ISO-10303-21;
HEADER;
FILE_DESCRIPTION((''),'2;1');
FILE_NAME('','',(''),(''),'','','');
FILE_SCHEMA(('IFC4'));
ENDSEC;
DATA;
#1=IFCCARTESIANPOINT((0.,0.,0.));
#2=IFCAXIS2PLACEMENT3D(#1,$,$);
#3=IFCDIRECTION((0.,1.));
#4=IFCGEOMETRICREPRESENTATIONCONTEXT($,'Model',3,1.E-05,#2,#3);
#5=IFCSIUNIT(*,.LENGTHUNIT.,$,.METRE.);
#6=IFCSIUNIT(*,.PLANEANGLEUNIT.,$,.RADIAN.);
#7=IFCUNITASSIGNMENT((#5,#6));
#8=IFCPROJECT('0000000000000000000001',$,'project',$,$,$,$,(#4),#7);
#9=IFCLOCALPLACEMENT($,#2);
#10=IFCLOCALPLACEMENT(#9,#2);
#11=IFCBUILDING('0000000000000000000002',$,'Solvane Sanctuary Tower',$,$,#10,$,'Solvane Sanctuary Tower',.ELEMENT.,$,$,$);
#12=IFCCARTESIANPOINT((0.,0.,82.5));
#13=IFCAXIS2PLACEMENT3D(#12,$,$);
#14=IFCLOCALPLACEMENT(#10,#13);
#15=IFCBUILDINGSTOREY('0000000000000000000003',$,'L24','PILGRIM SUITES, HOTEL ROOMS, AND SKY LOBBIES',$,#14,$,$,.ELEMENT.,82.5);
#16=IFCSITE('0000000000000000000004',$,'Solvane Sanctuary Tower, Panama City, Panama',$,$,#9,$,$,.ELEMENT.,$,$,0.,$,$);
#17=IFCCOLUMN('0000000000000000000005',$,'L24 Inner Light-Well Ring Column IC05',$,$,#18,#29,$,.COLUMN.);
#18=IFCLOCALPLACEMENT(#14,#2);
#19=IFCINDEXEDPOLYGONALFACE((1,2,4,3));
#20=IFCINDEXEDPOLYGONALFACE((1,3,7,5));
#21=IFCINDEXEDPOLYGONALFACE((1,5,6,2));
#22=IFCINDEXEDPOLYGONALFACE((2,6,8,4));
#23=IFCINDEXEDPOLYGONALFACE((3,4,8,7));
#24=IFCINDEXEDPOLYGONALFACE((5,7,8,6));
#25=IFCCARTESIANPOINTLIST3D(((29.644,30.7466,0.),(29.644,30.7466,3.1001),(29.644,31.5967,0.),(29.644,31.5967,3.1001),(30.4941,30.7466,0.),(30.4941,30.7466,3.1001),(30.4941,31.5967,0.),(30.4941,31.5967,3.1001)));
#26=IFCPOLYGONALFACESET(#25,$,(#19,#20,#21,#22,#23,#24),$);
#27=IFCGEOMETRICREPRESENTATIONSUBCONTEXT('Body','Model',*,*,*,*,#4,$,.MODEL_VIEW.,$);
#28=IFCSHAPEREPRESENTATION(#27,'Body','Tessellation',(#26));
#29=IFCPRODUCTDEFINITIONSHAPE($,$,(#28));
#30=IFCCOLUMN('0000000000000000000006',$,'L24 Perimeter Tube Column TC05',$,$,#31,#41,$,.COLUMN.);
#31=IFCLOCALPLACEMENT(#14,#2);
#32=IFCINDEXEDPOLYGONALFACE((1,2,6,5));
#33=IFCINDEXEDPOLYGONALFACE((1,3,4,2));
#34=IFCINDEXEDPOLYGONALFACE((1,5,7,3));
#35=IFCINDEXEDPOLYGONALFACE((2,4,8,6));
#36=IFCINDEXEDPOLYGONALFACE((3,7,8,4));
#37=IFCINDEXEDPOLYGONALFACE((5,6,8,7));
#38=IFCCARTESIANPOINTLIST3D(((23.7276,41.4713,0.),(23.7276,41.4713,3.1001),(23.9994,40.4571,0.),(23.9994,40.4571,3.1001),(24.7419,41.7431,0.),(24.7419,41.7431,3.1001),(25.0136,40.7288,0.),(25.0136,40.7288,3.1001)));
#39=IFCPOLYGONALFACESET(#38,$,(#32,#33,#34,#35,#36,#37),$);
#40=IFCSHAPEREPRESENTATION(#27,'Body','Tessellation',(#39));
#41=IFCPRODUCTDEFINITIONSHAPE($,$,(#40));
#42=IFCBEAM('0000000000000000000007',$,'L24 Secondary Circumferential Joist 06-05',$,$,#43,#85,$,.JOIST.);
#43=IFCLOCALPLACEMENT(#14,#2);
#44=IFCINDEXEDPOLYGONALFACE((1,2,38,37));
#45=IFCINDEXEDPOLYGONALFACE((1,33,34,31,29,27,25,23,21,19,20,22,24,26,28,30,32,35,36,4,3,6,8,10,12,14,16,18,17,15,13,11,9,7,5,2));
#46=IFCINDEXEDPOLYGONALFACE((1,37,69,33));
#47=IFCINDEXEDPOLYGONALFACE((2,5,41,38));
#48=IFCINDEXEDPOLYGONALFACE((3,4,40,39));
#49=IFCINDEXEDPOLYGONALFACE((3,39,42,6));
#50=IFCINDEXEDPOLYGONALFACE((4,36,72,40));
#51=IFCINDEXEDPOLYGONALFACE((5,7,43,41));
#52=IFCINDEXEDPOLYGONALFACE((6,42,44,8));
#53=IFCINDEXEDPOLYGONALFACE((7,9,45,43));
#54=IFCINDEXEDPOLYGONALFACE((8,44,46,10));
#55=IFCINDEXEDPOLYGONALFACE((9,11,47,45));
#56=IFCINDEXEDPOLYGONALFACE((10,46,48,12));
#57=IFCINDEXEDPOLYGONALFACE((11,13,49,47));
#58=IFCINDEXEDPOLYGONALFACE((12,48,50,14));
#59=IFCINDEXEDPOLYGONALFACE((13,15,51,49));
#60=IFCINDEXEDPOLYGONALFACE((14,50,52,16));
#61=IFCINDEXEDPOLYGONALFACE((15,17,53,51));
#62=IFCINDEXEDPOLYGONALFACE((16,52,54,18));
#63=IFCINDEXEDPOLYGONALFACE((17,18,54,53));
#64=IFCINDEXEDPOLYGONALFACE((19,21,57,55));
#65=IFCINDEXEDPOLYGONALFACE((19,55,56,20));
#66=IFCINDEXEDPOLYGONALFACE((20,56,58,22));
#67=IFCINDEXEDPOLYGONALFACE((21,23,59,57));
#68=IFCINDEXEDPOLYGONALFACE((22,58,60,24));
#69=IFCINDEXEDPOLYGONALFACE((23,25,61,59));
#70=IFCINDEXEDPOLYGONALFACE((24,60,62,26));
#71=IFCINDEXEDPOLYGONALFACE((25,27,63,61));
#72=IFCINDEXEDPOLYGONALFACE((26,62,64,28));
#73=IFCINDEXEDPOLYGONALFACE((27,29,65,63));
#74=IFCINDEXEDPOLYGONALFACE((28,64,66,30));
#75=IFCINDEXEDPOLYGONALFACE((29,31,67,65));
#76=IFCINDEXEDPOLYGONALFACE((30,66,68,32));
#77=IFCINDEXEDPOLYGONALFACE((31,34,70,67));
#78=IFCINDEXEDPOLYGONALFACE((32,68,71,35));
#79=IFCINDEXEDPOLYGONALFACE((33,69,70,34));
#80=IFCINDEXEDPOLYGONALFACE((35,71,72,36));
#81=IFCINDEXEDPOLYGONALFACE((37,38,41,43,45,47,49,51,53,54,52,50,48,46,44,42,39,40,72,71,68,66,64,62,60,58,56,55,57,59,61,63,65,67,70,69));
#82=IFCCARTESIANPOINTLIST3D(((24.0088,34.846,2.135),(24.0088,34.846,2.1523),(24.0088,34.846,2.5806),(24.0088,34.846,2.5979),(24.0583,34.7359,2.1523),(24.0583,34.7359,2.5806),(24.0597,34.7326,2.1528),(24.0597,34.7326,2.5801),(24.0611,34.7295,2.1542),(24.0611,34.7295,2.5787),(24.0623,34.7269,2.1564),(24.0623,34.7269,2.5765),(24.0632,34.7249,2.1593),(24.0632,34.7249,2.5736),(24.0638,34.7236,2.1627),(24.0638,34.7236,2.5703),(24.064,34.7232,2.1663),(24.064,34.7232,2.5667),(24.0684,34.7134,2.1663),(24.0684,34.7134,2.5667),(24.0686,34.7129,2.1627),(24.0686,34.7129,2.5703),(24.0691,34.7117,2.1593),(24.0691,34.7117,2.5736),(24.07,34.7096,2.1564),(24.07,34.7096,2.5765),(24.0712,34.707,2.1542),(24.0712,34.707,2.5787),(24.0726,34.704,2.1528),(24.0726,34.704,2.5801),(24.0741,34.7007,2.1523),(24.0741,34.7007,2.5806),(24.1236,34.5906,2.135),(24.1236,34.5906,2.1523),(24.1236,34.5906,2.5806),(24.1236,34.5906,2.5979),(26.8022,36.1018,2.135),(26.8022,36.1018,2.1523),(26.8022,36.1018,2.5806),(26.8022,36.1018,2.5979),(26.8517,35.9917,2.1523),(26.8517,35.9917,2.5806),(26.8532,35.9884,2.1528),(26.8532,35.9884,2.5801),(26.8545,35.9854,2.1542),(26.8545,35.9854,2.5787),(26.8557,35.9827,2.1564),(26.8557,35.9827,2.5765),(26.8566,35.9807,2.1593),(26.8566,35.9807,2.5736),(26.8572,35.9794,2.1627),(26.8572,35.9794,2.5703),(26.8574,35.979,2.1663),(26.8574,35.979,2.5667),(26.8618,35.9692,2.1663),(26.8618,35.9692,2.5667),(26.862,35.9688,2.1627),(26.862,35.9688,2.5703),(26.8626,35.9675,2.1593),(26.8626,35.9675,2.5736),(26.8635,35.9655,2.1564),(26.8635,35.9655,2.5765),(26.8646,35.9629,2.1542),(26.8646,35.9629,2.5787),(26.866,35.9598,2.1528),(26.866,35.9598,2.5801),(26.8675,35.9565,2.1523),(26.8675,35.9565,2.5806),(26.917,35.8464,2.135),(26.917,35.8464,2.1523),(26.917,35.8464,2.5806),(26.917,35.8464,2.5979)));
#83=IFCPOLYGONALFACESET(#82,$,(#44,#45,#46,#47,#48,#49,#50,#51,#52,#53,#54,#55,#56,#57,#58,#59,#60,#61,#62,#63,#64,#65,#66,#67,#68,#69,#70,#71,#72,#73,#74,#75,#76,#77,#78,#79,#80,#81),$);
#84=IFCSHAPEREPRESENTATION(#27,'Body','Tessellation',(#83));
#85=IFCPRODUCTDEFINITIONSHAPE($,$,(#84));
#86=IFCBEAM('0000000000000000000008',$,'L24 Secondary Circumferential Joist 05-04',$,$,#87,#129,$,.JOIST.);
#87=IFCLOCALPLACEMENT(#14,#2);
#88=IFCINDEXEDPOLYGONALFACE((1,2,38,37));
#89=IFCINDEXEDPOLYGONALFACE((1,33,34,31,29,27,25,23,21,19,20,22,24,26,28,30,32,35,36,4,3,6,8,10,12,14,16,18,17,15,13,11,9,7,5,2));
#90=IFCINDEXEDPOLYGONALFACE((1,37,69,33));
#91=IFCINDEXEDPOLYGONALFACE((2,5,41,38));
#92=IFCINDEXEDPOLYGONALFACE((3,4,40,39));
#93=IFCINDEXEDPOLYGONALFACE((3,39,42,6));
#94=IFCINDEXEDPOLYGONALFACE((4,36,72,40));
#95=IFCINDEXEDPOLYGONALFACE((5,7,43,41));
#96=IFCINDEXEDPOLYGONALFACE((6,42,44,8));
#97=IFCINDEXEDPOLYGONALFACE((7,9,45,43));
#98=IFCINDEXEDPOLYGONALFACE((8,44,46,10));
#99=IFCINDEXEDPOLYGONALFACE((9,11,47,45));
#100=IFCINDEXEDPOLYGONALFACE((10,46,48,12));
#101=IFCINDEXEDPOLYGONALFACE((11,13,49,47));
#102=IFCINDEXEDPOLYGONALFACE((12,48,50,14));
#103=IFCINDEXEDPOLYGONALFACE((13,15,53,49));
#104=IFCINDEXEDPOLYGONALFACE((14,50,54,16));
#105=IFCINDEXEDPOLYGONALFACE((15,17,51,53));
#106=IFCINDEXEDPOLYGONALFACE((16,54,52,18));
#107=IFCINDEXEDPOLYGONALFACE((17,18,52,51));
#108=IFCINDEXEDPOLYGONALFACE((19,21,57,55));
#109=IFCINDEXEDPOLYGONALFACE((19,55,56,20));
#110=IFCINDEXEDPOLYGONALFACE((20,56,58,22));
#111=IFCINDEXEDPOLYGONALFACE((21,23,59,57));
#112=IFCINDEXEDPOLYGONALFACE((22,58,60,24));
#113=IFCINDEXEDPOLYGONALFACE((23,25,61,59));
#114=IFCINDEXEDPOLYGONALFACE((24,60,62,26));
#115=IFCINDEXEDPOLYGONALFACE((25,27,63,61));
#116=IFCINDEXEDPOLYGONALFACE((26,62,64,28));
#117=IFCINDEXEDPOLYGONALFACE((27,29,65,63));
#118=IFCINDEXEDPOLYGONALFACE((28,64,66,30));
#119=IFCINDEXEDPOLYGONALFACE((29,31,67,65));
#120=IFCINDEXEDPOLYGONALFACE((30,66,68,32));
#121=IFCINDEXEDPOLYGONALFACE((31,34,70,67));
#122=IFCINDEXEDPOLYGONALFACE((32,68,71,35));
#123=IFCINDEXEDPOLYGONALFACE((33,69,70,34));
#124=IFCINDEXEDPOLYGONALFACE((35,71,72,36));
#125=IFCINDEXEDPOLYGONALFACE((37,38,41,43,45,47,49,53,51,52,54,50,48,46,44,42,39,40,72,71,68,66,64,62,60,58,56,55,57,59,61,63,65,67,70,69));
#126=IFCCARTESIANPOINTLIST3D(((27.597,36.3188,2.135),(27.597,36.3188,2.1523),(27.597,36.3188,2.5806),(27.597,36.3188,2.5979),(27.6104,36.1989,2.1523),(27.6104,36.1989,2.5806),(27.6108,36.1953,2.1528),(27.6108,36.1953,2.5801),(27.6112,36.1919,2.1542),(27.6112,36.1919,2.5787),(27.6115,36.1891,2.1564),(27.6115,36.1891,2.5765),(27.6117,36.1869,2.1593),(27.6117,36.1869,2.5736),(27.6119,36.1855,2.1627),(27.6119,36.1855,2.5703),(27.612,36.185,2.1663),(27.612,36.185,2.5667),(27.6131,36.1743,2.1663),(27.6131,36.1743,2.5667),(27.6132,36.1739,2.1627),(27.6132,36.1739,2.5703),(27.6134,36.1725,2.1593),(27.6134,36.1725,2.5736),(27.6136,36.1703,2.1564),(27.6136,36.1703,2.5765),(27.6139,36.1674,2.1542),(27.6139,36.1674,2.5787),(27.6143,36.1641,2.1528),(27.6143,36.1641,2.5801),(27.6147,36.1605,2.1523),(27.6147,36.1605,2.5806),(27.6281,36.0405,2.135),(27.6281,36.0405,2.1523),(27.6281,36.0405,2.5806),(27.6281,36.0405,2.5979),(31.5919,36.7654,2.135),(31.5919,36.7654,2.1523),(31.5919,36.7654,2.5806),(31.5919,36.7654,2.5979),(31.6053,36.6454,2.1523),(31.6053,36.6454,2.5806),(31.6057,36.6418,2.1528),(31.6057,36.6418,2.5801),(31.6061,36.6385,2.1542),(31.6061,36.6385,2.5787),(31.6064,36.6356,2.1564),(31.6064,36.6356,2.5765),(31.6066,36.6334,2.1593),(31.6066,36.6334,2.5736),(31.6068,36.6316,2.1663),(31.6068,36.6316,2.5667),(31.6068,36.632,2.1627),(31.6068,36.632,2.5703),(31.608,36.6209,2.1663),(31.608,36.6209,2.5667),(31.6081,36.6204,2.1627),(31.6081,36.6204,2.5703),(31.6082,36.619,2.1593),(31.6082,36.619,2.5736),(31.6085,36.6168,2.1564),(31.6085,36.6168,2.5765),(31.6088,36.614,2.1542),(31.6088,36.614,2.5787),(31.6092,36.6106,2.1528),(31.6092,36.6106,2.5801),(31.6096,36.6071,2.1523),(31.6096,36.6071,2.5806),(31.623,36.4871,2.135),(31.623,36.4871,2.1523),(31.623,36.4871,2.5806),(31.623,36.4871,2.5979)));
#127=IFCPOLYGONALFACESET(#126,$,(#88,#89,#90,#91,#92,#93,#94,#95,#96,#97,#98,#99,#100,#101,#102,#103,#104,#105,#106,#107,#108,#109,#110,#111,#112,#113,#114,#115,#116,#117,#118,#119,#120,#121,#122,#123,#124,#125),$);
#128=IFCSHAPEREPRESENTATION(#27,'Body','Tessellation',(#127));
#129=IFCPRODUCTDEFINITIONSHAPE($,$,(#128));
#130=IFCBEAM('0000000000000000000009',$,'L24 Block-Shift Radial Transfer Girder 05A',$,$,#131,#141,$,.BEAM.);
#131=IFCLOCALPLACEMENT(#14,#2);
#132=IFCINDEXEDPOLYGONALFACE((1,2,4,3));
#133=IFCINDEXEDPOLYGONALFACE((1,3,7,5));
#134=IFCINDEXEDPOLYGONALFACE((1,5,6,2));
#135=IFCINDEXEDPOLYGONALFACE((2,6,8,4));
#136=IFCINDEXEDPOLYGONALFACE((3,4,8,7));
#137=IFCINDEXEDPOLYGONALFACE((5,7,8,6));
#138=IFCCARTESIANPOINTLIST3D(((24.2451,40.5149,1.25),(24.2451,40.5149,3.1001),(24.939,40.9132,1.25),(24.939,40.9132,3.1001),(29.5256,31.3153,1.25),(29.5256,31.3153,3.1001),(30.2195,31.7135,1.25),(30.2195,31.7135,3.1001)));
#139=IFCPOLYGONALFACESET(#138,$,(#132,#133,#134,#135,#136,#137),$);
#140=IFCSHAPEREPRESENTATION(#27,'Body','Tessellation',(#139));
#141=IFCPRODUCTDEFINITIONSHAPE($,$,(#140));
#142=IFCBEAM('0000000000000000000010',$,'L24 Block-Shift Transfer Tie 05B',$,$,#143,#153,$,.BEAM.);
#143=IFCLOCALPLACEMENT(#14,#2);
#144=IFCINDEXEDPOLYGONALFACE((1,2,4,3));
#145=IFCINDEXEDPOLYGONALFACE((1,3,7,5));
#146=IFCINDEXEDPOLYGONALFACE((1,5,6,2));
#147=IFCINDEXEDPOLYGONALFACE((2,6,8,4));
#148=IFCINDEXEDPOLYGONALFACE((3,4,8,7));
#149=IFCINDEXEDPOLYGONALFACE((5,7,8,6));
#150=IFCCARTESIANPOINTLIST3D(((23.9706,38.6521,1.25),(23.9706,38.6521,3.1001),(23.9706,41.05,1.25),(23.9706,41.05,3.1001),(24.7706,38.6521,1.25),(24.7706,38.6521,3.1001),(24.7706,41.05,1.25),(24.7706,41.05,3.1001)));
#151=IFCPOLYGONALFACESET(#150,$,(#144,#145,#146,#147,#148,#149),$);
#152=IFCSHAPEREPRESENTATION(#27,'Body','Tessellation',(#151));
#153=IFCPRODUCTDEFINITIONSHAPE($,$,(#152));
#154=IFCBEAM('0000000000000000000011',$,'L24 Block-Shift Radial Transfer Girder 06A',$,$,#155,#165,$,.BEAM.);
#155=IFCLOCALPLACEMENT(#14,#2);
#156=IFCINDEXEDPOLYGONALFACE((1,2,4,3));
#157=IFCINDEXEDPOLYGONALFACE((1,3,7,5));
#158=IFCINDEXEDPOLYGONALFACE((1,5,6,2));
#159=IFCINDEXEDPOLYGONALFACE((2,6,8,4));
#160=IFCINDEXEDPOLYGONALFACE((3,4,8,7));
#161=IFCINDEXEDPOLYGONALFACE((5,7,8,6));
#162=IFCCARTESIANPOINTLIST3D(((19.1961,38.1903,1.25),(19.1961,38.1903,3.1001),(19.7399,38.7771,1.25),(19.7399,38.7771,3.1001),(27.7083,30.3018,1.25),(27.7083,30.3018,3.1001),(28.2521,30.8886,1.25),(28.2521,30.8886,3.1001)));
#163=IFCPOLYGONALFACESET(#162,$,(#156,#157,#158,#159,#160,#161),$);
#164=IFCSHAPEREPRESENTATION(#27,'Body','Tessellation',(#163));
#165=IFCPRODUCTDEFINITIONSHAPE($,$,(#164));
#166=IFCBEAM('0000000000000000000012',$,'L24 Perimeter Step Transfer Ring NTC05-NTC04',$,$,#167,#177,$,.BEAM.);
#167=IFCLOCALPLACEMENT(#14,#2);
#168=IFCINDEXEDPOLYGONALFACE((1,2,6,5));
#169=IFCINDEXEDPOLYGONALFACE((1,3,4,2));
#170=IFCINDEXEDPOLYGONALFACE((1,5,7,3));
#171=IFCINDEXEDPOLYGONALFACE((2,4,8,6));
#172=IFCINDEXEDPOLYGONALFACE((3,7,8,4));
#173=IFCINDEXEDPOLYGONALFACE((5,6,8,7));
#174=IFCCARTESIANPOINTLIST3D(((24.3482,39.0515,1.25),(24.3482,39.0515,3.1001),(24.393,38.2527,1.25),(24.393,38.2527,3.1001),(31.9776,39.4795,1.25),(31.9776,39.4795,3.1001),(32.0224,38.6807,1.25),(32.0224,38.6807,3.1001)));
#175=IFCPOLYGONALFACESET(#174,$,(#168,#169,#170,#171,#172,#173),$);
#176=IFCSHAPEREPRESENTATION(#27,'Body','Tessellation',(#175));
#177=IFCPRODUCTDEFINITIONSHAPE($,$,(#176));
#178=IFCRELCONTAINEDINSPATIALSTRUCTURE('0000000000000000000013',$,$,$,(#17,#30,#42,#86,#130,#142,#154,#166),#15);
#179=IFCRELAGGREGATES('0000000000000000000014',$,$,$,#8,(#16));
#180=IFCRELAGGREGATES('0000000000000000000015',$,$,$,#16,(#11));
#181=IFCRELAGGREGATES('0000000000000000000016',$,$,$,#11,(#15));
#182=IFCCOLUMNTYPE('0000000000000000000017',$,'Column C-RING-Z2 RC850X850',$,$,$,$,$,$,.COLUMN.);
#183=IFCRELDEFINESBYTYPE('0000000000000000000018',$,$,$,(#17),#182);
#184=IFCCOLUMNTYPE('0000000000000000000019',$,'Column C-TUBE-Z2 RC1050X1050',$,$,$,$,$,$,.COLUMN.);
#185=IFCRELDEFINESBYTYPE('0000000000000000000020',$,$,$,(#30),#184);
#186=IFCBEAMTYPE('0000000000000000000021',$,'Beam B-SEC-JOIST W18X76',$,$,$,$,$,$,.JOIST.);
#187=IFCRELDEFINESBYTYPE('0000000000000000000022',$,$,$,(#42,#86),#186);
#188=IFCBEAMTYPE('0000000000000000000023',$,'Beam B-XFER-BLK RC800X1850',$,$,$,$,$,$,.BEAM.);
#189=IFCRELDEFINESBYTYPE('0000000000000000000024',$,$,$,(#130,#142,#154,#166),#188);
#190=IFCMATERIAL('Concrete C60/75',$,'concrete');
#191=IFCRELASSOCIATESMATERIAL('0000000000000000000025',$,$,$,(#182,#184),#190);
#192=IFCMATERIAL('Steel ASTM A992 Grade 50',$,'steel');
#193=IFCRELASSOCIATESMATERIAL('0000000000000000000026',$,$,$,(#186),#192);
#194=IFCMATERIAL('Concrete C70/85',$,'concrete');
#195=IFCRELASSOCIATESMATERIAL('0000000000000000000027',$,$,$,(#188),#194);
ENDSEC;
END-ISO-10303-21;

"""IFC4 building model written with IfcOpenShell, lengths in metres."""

from ifc_helpers import new_model, si_unit, direction, frame, origin, origin_2d, place, context, subcontext, project, spatial, rectangle, i_section, extrude, material, material_profile, profile_set, type_object, element, save


model = new_model("IFC4")

# Units and contexts
model_context = context("Model", 3, precision=1e-05, world=origin(), true_north=direction((0.0, 1.0)))
body_context = subcontext(model_context, "Body", "Model", "MODEL_VIEW")
ifc_project = project(units=[si_unit("LENGTHUNIT", "METRE"), si_unit("PLANEANGLEUNIT", "RADIAN")], contexts=[model_context])

# Site, building, storey
site_placement = place(None, origin())
site = spatial("IfcSite", under=ifc_project, at=site_placement, Name="Solvane Sanctuary Tower, Panama City, Panama", CompositionType="ELEMENT", RefElevation=0.0)
building_placement = place(site_placement, origin())
building = spatial("IfcBuilding", under=site, at=building_placement, Name="Solvane Sanctuary Tower", LongName="Solvane Sanctuary Tower", CompositionType="ELEMENT")
storey_placement = place(building_placement, frame((0.0, 0.0, 82.5)))
storey = spatial("IfcBuildingStorey", under=building, at=storey_placement, Name="L24", Description="PILGRIM SUITES, HOTEL ROOMS, AND SKY LOBBIES", CompositionType="ELEMENT", Elevation=82.5)

# Columns
ifc_material_1 = material(Name="Concrete C60/75", Category="concrete")
ifc_material_profile_1 = material_profile(ifc_material_1, rectangle(XDim=0.8501, YDim=0.8501, at=origin_2d()), Name="RC850X850")
ifc_profile_set_1 = profile_set([ifc_material_profile_1], Name="Concrete C60/75")
column_type_1 = type_object("IfcColumnType", Name="Column C-RING-Z2 RC850X850", PredefinedType="COLUMN", material=ifc_profile_set_1)
column_1_placement = place(storey_placement, frame((30.0691, 31.1716, 0.0), z_axis=(0.0, 0.0, 1.0), x_axis=(1.0, 0.0, 0.0)))
element("IfcColumn", 1, at=column_1_placement, inside=storey, type_object=column_type_1, Name="L24 Inner Light-Well Ring Column IC05", PredefinedType="COLUMN", context=body_context, shape_type="SweptSolid", body=[
    extrude(rectangle(XDim=0.8501, YDim=0.8501, at=origin_2d()), origin(), (0.0, 0.0, 1.0), 3.1001),
])
ifc_material_profile_2 = material_profile(ifc_material_1, rectangle(XDim=1.05, YDim=1.05, at=origin_2d()), Name="RC1050X1050")
ifc_profile_set_2 = profile_set([ifc_material_profile_2], Name="Concrete C60/75")
column_type_2 = type_object("IfcColumnType", Name="Column C-TUBE-Z2 RC1050X1050", PredefinedType="COLUMN", material=ifc_profile_set_2)
column_2_placement = place(storey_placement, frame((24.3706, 41.1001, 0.0), z_axis=(0.0, 0.0, 1.0), x_axis=(-0.258819, 0.965926, 0.0)))
element("IfcColumn", 2, at=column_2_placement, inside=storey, type_object=column_type_2, Name="L24 Perimeter Tube Column TC05", PredefinedType="COLUMN", context=body_context, shape_type="SweptSolid", body=[
    extrude(rectangle(XDim=1.05, YDim=1.05, at=origin_2d()), origin(), (0.0, 0.0, 1.0), 3.1001),
])

# Beams
ifc_material_2 = material(Name="Steel ASTM A992 Grade 50", Category="steel")
ifc_material_profile_3 = material_profile(ifc_material_2, i_section(OverallWidth=0.28, OverallDepth=0.4629, WebThickness=0.0107, FlangeThickness=0.0173, FilletRadius=0.0139, at=origin_2d()), Name="W18X76")
ifc_profile_set_3 = profile_set([ifc_material_profile_3], Name="Steel ASTM A992 Grade 50")
beam_type_1 = type_object("IfcBeamType", Name="Beam B-SEC-JOIST W18X76", PredefinedType="JOIST", material=ifc_profile_set_3)
beam_1_placement = place(storey_placement, frame((24.0662, 34.7183, 2.3665), z_axis=(0.912068, 0.41004, 0.0), x_axis=(-0.41004, 0.912068, 0.0)))
element("IfcBeam", 3, at=beam_1_placement, inside=storey, type_object=beam_type_1, Name="L24 Secondary Circumferential Joist 06-05", PredefinedType="JOIST", context=body_context, shape_type="SweptSolid", body=[
    extrude(i_section(OverallWidth=0.28, OverallDepth=0.4629, WebThickness=0.0107, FlangeThickness=0.0173, FilletRadius=0.0139, at=origin_2d()), origin(), (0.0, 0.0, 1.0), 3.0627),
])
beam_2_placement = place(storey_placement, frame((27.6125, 36.1797, 2.3665), z_axis=(0.993811, 0.111085, 0.0), x_axis=(-0.111085, 0.993811, 0.0)))
element("IfcBeam", 4, at=beam_2_placement, inside=storey, type_object=beam_type_1, Name="L24 Secondary Circumferential Joist 05-04", PredefinedType="JOIST", context=body_context, shape_type="SweptSolid", body=[
    extrude(i_section(OverallWidth=0.28, OverallDepth=0.4629, WebThickness=0.0107, FlangeThickness=0.0173, FilletRadius=0.0139, at=origin_2d()), origin(), (0.0, 0.0, 1.0), 4.0198),
])
ifc_material_3 = material(Name="Concrete C70/85", Category="concrete")
ifc_material_profile_4 = material_profile(ifc_material_3, rectangle(XDim=0.8, YDim=1.8501, at=origin_2d()), Name="RC800X1850")
ifc_profile_set_4 = profile_set([ifc_material_profile_4], Name="Concrete C70/85")
beam_type_2 = type_object("IfcBeamType", Name="Beam B-XFER-BLK RC800X1850", PredefinedType="BEAM", material=ifc_profile_set_4)
beam_3_placement = place(storey_placement, frame((29.8726, 31.5144, 2.175), z_axis=(-0.497811, 0.867285, 0.0), x_axis=(-0.867285, -0.497811, 0.0)))
element("IfcBeam", 5, at=beam_3_placement, inside=storey, type_object=beam_type_2, Name="L24 Block-Shift Radial Transfer Girder 05A", PredefinedType="BEAM", context=body_context, shape_type="SweptSolid", body=[
    extrude(rectangle(XDim=0.8, YDim=1.8501, at=origin_2d()), origin(), (0.0, 0.0, 1.0), 10.6074),
])
beam_4_placement = place(storey_placement, frame((24.3706, 41.05, 2.175), z_axis=(0.0, -1.0, 0.0), x_axis=(1.0, 0.0, 0.0)))
element("IfcBeam", 6, at=beam_4_placement, inside=storey, type_object=beam_type_2, Name="L24 Block-Shift Transfer Tie 05B", PredefinedType="BEAM", context=body_context, shape_type="SweptSolid", body=[
    extrude(rectangle(XDim=0.8, YDim=1.8501, at=origin_2d()), origin(), (0.0, 0.0, 1.0), 2.3979),
])
beam_5_placement = place(storey_placement, frame((27.9802, 30.5952, 2.175), z_axis=(-0.73347, 0.679721, 0.0), x_axis=(-0.679721, -0.73347, 0.0)))
element("IfcBeam", 7, at=beam_5_placement, inside=storey, type_object=beam_type_2, Name="L24 Block-Shift Radial Transfer Girder 06A", PredefinedType="BEAM", context=body_context, shape_type="SweptSolid", body=[
    extrude(rectangle(XDim=0.8, YDim=1.8501, at=origin_2d()), origin(), (0.0, 0.0, 1.0), 11.6055),
])
beam_6_placement = place(storey_placement, frame((24.3706, 38.6521, 2.175), z_axis=(0.99843, 0.056008, 0.0), x_axis=(-0.056008, 0.99843, 0.0)))
element("IfcBeam", 8, at=beam_6_placement, inside=storey, type_object=beam_type_2, Name="L24 Perimeter Step Transfer Ring NTC05-NTC04", PredefinedType="BEAM", context=body_context, shape_type="SweptSolid", body=[
    extrude(rectangle(XDim=0.8, YDim=1.8501, at=origin_2d()), origin(), (0.0, 0.0, 1.0), 7.6414),
])

save(model, "model.ifc")
